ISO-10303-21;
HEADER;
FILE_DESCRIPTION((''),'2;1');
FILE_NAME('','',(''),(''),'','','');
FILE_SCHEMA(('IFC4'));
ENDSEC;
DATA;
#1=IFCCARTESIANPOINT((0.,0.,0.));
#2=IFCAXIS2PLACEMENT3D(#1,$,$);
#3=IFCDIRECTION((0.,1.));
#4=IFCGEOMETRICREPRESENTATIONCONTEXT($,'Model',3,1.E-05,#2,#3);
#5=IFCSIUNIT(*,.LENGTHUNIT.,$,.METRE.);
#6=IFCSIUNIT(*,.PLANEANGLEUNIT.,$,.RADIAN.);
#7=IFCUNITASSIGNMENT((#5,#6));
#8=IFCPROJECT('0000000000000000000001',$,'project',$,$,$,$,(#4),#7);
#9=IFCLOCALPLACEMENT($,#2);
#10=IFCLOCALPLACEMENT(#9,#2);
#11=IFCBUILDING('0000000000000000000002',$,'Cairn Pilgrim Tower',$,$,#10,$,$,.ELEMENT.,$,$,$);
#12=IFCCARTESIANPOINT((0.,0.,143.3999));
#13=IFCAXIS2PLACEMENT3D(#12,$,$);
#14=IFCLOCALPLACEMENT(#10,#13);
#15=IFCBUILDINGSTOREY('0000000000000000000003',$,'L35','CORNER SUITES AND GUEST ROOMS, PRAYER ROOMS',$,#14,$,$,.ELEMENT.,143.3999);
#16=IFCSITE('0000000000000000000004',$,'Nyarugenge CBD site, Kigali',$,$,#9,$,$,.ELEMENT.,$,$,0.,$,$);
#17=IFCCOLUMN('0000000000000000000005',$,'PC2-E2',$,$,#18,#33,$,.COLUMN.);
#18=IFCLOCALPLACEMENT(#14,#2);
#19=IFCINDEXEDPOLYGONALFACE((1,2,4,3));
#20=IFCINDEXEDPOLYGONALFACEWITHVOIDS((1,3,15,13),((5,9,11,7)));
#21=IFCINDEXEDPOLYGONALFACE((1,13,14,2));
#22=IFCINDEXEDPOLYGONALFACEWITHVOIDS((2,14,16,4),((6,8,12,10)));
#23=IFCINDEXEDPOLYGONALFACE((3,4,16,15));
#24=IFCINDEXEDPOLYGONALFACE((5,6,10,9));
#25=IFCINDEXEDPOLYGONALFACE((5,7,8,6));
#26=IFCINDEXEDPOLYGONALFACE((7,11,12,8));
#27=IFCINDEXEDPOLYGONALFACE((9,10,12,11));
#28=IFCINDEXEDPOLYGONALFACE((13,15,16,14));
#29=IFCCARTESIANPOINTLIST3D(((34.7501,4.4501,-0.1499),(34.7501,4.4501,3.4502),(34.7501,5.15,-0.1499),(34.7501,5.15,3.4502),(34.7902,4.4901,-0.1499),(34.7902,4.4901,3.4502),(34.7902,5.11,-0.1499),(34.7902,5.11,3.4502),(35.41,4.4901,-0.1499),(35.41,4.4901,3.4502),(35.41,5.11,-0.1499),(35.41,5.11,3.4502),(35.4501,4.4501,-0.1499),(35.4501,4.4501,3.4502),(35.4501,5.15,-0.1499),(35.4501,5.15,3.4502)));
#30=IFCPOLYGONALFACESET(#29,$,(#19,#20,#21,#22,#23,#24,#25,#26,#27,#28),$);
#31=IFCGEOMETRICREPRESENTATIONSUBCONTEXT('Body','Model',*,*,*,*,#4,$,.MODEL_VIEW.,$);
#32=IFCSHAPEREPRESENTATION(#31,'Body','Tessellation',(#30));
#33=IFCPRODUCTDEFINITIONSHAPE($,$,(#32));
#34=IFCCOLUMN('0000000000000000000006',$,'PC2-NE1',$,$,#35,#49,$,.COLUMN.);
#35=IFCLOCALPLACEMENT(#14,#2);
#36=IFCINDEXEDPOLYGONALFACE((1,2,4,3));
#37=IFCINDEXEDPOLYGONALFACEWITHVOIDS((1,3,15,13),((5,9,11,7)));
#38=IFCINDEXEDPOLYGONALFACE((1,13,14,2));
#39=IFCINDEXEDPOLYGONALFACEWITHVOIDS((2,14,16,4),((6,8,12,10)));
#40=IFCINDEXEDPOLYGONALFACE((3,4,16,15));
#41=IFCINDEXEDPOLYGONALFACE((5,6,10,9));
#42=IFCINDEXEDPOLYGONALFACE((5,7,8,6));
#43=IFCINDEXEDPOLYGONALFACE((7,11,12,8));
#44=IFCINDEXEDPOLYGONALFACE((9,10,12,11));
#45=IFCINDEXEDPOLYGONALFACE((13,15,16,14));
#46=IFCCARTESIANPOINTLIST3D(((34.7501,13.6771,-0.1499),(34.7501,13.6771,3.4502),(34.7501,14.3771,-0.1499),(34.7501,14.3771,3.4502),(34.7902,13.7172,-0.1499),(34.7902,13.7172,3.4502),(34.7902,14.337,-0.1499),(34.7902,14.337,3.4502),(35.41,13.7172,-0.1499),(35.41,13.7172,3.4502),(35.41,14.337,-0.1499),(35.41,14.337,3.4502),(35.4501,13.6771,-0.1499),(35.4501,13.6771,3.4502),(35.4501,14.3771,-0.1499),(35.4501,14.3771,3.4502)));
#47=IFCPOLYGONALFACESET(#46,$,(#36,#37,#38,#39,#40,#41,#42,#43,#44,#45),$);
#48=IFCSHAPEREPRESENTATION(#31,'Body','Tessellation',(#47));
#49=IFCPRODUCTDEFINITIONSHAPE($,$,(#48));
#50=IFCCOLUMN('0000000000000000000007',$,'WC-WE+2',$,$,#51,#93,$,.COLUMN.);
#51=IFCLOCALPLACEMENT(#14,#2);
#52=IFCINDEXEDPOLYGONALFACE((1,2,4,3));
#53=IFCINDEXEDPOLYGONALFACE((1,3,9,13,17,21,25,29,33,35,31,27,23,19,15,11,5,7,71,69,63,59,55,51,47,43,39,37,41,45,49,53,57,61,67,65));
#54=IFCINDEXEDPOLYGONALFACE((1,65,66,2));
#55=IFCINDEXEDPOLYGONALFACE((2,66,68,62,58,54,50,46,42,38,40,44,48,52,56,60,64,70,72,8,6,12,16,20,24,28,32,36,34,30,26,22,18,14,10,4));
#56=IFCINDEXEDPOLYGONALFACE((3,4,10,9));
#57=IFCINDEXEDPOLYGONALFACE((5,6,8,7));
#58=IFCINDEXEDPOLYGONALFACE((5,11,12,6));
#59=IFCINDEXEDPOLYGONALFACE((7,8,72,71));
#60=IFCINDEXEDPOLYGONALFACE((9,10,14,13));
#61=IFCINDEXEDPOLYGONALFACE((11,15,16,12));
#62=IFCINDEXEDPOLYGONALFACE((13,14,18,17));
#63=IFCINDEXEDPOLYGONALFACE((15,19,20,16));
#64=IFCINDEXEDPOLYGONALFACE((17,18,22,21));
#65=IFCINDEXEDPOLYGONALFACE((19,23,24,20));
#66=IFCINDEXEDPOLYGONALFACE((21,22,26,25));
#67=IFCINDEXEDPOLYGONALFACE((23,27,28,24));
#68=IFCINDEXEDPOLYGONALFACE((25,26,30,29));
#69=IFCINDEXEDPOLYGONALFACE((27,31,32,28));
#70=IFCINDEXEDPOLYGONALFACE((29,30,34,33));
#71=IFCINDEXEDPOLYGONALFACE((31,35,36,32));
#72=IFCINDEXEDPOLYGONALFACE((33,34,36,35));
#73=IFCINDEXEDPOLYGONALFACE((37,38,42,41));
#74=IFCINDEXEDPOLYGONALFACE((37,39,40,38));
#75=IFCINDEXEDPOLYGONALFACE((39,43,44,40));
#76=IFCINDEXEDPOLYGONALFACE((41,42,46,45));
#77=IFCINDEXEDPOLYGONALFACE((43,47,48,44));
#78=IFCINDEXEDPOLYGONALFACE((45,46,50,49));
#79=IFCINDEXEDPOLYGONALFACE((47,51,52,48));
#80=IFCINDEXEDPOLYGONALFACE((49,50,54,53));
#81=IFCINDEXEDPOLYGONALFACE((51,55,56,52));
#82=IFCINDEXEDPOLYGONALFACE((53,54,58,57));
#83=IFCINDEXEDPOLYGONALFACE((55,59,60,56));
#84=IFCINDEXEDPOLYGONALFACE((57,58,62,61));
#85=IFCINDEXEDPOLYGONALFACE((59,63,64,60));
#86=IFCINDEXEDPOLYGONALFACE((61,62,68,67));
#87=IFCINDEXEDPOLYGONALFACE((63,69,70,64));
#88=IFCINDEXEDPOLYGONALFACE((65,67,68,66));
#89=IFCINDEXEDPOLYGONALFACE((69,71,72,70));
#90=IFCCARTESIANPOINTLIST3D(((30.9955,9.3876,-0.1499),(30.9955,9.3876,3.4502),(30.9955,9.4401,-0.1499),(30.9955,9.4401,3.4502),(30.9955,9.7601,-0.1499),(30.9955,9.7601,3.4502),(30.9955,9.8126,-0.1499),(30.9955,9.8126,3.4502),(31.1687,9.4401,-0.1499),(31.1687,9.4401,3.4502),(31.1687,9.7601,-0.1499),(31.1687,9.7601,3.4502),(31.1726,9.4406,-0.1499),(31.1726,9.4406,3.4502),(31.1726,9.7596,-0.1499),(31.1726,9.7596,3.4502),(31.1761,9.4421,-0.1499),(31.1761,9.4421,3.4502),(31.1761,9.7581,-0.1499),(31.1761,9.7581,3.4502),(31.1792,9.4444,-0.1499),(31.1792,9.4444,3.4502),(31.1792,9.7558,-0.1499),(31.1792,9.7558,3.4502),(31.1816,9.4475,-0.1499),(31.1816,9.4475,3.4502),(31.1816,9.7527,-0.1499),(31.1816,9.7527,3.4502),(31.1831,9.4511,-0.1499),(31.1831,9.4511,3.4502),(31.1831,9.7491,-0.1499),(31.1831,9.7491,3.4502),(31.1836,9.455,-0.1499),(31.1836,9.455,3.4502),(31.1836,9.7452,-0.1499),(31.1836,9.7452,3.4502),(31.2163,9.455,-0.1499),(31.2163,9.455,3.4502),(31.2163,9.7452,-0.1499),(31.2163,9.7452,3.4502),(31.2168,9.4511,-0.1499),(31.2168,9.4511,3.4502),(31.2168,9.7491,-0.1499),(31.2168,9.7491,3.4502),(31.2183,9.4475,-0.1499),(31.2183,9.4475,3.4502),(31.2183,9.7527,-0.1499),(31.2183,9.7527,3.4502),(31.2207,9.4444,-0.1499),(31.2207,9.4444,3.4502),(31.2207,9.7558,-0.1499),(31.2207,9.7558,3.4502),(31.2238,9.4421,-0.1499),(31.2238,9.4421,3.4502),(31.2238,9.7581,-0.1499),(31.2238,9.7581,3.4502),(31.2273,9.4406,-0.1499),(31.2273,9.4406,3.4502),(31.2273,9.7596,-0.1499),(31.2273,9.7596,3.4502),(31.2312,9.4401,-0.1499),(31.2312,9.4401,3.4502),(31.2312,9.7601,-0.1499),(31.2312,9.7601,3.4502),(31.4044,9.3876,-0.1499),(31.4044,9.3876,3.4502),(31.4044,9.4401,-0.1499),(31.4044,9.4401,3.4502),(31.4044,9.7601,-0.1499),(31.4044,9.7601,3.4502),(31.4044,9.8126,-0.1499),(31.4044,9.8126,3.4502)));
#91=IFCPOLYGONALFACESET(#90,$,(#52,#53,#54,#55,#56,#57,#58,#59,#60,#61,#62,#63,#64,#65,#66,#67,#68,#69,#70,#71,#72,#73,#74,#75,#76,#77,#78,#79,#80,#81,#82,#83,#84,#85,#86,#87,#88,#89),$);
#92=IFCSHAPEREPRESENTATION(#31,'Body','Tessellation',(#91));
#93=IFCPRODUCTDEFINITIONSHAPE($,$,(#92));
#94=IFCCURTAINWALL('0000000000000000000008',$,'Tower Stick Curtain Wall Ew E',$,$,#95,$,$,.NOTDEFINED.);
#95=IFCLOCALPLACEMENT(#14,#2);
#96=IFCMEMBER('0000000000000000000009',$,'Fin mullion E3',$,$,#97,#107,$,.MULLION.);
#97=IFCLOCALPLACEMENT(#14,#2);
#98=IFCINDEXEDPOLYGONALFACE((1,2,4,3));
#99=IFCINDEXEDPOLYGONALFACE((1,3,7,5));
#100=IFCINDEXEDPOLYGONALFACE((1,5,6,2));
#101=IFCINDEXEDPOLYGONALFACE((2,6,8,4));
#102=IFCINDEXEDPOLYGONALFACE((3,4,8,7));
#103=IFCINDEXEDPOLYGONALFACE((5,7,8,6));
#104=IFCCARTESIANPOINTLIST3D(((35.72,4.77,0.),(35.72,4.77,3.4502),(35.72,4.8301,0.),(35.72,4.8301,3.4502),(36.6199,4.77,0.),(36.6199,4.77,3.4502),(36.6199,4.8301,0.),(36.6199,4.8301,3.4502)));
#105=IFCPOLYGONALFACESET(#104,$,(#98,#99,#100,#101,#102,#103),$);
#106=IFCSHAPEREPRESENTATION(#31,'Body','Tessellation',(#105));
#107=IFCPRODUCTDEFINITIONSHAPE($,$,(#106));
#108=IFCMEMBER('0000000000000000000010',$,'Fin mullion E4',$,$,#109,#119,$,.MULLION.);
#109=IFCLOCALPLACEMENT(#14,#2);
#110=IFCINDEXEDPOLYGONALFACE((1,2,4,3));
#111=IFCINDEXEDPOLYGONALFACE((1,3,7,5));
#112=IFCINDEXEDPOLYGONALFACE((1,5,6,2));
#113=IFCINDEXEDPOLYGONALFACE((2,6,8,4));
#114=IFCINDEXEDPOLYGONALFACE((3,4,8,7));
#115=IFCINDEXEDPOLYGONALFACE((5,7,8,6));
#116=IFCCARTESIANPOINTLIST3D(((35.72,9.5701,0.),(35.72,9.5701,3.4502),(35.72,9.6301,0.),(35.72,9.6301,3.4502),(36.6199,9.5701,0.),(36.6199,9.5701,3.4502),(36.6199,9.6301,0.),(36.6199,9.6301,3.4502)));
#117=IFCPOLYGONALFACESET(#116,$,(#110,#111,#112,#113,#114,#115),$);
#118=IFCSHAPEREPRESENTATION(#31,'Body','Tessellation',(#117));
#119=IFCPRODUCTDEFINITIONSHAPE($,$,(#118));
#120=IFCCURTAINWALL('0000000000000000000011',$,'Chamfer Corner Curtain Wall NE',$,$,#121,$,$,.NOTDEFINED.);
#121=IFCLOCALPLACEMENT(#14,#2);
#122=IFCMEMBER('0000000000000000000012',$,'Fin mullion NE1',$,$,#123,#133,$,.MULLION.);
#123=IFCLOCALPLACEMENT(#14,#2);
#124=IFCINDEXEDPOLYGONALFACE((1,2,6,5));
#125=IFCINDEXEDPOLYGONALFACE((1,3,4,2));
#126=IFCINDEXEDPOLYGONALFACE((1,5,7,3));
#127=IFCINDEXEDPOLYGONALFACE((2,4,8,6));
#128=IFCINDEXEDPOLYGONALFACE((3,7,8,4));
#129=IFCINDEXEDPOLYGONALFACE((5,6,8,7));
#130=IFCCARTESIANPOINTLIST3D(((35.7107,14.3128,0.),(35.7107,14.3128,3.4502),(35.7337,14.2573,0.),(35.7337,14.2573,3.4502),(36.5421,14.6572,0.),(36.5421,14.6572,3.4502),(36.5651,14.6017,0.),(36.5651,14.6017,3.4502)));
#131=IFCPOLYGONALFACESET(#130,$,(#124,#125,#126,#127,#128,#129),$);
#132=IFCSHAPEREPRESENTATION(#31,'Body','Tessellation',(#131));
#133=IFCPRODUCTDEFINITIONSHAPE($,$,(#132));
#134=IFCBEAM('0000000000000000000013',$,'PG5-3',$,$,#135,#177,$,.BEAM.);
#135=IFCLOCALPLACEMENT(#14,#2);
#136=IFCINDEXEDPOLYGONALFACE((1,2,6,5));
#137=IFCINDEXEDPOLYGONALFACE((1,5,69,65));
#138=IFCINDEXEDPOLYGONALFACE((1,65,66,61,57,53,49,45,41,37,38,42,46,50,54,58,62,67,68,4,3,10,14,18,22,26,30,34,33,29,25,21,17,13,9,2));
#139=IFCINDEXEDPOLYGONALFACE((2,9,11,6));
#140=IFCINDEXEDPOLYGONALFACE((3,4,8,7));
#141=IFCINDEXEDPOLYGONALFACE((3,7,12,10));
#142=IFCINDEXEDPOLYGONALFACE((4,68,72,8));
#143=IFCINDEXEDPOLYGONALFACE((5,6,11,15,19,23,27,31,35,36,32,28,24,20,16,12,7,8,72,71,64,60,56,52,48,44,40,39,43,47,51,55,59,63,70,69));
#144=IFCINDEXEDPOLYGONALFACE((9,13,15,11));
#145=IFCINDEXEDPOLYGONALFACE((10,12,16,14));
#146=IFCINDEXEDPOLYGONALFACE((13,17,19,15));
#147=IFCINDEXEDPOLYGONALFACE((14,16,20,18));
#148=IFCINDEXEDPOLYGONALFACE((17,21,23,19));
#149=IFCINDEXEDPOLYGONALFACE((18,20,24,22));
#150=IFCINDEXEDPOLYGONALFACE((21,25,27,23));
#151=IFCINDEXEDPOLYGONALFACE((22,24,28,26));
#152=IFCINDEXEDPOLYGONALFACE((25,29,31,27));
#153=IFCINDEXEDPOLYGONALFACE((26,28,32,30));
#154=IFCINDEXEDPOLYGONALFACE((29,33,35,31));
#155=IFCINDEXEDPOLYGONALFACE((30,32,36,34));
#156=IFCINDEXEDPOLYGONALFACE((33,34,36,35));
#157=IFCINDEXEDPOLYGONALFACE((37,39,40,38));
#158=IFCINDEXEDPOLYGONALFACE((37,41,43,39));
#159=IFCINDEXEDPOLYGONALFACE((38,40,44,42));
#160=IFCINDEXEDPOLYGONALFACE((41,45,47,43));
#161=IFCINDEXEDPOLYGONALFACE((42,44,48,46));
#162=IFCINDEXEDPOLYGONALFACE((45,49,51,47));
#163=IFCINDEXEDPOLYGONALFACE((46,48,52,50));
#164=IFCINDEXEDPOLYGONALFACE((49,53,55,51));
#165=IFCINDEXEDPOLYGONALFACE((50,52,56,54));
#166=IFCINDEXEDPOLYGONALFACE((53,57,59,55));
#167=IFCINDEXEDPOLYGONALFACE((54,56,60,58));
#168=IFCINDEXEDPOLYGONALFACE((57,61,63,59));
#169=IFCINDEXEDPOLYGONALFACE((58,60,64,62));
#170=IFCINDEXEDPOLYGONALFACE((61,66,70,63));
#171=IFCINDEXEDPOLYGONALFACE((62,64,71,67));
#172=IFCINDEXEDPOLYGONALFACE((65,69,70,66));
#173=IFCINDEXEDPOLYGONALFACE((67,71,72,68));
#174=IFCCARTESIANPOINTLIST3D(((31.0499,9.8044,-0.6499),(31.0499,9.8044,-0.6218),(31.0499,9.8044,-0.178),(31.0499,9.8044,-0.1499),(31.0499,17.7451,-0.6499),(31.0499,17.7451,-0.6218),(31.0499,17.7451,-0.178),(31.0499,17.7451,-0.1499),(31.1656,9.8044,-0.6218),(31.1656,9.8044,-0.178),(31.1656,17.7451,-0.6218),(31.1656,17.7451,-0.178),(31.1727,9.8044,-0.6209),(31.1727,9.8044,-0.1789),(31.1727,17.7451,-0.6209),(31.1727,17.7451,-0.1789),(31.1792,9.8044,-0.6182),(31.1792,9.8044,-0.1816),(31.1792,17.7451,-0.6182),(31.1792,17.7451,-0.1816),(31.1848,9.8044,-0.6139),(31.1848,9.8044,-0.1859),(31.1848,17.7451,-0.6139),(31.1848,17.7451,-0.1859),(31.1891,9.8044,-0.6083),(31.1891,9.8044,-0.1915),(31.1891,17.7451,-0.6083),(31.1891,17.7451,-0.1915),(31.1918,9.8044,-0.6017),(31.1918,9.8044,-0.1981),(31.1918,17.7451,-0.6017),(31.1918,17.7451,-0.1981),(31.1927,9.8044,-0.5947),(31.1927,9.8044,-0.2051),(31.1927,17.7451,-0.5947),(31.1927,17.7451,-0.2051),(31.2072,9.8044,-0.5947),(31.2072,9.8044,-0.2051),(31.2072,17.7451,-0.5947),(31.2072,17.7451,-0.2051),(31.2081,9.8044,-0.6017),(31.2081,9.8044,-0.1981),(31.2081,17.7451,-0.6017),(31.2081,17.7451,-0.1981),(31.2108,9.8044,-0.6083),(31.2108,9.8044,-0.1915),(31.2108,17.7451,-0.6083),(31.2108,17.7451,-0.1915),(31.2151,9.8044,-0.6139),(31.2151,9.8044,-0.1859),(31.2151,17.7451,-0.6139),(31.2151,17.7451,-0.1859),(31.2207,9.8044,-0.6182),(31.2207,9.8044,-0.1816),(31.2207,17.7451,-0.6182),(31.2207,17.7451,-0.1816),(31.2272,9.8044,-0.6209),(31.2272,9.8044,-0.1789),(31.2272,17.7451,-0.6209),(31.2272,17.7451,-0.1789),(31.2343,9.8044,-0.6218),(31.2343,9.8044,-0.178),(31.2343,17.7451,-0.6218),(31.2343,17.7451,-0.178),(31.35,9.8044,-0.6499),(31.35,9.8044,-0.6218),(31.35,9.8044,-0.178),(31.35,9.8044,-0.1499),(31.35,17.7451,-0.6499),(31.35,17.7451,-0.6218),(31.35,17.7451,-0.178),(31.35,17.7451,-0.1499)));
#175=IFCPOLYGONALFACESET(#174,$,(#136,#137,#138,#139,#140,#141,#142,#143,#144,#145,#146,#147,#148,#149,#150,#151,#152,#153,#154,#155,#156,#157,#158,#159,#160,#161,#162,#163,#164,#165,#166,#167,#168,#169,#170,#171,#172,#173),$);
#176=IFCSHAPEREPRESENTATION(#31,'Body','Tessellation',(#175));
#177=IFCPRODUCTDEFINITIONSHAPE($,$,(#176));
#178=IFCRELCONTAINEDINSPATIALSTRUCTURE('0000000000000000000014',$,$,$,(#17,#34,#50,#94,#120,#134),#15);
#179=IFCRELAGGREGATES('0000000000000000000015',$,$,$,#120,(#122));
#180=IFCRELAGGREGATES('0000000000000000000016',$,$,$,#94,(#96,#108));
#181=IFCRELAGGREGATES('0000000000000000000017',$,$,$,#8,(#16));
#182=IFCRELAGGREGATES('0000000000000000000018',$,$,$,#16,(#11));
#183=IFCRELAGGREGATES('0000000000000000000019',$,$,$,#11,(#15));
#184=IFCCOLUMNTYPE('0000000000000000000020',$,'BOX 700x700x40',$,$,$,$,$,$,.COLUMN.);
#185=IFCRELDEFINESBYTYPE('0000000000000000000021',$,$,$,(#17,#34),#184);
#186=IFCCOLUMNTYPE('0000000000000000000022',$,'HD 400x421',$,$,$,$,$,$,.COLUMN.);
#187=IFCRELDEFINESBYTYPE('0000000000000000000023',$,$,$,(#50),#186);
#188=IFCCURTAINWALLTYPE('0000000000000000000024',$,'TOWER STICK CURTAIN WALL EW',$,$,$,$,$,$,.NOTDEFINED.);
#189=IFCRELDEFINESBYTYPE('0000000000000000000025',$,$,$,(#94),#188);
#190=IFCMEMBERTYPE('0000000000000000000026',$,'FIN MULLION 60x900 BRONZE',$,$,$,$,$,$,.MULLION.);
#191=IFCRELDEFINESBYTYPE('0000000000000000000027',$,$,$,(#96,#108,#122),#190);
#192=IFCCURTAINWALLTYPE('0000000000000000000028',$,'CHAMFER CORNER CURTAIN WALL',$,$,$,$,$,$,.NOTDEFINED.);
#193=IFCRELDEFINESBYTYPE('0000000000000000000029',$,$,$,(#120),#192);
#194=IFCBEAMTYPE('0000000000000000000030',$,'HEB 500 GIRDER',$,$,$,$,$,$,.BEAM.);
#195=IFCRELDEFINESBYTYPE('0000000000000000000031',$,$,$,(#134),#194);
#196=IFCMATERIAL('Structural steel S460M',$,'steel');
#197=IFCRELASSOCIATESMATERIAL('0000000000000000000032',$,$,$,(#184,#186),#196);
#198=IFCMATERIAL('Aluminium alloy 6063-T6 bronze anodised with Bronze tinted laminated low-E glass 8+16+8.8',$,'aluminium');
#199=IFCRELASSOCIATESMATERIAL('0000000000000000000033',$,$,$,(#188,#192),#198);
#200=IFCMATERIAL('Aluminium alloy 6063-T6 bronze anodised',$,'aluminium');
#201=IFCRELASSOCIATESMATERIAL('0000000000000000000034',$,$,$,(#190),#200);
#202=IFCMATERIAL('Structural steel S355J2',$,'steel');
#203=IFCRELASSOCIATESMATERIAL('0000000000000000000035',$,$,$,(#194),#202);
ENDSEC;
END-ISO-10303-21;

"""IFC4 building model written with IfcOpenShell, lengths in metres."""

from ifc_helpers import new_model, si_unit, direction, frame, origin, origin_2d, place, context, subcontext, project, spatial, rectangle, hollow_rectangle, i_section, extrude, material, material_profile, profile_set, type_object, element, aggregate, save


model = new_model("IFC4")

# Units and contexts
model_context = context("Model", 3, precision=1e-05, world=origin(), true_north=direction((0.0, 1.0)))
body_context = subcontext(model_context, "Body", "Model", "MODEL_VIEW")
ifc_project = project(units=[si_unit("LENGTHUNIT", "METRE"), si_unit("PLANEANGLEUNIT", "RADIAN")], contexts=[model_context])

# Site, building, storey
site_placement = place(None, origin())
site = spatial("IfcSite", under=ifc_project, at=site_placement, Name="Nyarugenge CBD site, Kigali", CompositionType="ELEMENT", RefElevation=0.0)
building_placement = place(site_placement, origin())
building = spatial("IfcBuilding", under=site, at=building_placement, Name="Cairn Pilgrim Tower", CompositionType="ELEMENT")
storey_placement = place(building_placement, frame((0.0, 0.0, 143.3999)))
storey = spatial("IfcBuildingStorey", under=building, at=storey_placement, Name="L35", Description="CORNER SUITES AND GUEST ROOMS, PRAYER ROOMS", CompositionType="ELEMENT", Elevation=143.3999)

# Columns
ifc_material_1 = material(Name="Structural steel S460M", Category="steel")
ifc_material_profile_1 = material_profile(ifc_material_1, hollow_rectangle(XDim=0.7, YDim=0.7, WallThickness=0.04, at=origin_2d()), Name="BOX 700x700x40")
ifc_profile_set_1 = profile_set([ifc_material_profile_1], Name="Structural steel S460M")
column_type_1 = type_object("IfcColumnType", Name="BOX 700x700x40", PredefinedType="COLUMN", material=ifc_profile_set_1)
for number, where, z_axis, x_axis, name in (
    (1, (35.1001, 4.8, -0.1499), (0.0, 0.0, 1.0), (1.0, 0.0, 0.0), "PC2-E2"),
    (2, (35.1001, 14.0271, -0.1499), (0.0, 0.0, 1.0), (1.0, 0.0, 0.0), "PC2-NE1"),
):
    element("IfcColumn", number, at=place(storey_placement, frame(where, z_axis=z_axis, x_axis=x_axis)), inside=storey, type_object=column_type_1, Name=name, PredefinedType="COLUMN", context=body_context, shape_type="SweptSolid", body=[
        extrude(hollow_rectangle(XDim=0.7, YDim=0.7, WallThickness=0.04, at=origin_2d()), origin(), (0.0, 0.0, 1.0), 3.6001),
    ])
ifc_material_profile_2 = material_profile(ifc_material_1, i_section(OverallWidth=0.4089, OverallDepth=0.425, WebThickness=0.0327, FlangeThickness=0.0525, FilletRadius=0.0149, at=origin_2d()), Name="HD 400x421")
ifc_profile_set_2 = profile_set([ifc_material_profile_2], Name="Structural steel S460M")
column_type_2 = type_object("IfcColumnType", Name="HD 400x421", PredefinedType="COLUMN", material=ifc_profile_set_2)
column_placement = place(storey_placement, frame((31.2, 9.6001, -0.1499), z_axis=(0.0, 0.0, 1.0), x_axis=(1.0, 0.0, 0.0)))
element("IfcColumn", 3, at=column_placement, inside=storey, type_object=column_type_2, Name="WC-WE+2", PredefinedType="COLUMN", context=body_context, shape_type="SweptSolid", body=[
    extrude(i_section(OverallWidth=0.4089, OverallDepth=0.425, WebThickness=0.0327, FlangeThickness=0.0525, FilletRadius=0.0149, at=origin_2d()), origin(), (0.0, 0.0, 1.0), 3.6001),
])

# Curtain wall, members
ifc_material_2 = material(Name="Aluminium alloy 6063-T6 bronze anodised with Bronze tinted laminated low-E glass 8+16+8.8", Category="aluminium")
curtain_wall_type_1 = type_object("IfcCurtainWallType", Name="TOWER STICK CURTAIN WALL EW", PredefinedType="NOTDEFINED", material=ifc_material_2)
curtain_wall_1_placement = place(storey_placement, origin())
curtain_wall_1 = element("IfcCurtainWall", 4, at=curtain_wall_1_placement, inside=storey, type_object=curtain_wall_type_1, Name="Tower Stick Curtain Wall Ew E", PredefinedType="NOTDEFINED")
ifc_material_3 = material(Name="Aluminium alloy 6063-T6 bronze anodised", Category="aluminium")
ifc_material_profile_3 = material_profile(ifc_material_3, rectangle(XDim=0.8999, YDim=0.0601, at=origin_2d()), Name="FIN MULLION 60x900 BRONZE")
ifc_profile_set_3 = profile_set([ifc_material_profile_3], Name="Aluminium alloy 6063-T6 bronze anodised")
member_type_1 = type_object("IfcMemberType", Name="FIN MULLION 60x900 BRONZE", PredefinedType="MULLION", material=ifc_profile_set_3)
member_1_placement = place(storey_placement, frame((36.1699, 4.8, 0.0), z_axis=(0.0, 0.0, 1.0), x_axis=(1.0, 0.0, 0.0)))
member_1 = element("IfcMember", 5, at=member_1_placement, type_object=member_type_1, Name="Fin mullion E3", PredefinedType="MULLION", context=body_context, shape_type="SweptSolid", body=[
    extrude(rectangle(XDim=0.8999, YDim=0.0601, at=origin_2d()), origin(), (0.0, 0.0, 1.0), 3.4502),
])
member_2_placement = place(storey_placement, frame((36.1699, 9.6001, 0.0), z_axis=(0.0, 0.0, 1.0), x_axis=(1.0, 0.0, 0.0)))
member_2 = element("IfcMember", 6, at=member_2_placement, type_object=member_type_1, Name="Fin mullion E4", PredefinedType="MULLION", context=body_context, shape_type="SweptSolid", body=[
    extrude(rectangle(XDim=0.8999, YDim=0.0601, at=origin_2d()), origin(), (0.0, 0.0, 1.0), 3.4502),
])

# Curtain wall, member
curtain_wall_type_2 = type_object("IfcCurtainWallType", Name="CHAMFER CORNER CURTAIN WALL", PredefinedType="NOTDEFINED", material=ifc_material_2)
curtain_wall_2_placement = place(storey_placement, origin())
curtain_wall_2 = element("IfcCurtainWall", 7, at=curtain_wall_2_placement, inside=storey, type_object=curtain_wall_type_2, Name="Chamfer Corner Curtain Wall NE", PredefinedType="NOTDEFINED")
member_3_placement = place(storey_placement, frame((36.1379, 14.4573, 0.0), z_axis=(0.0, 0.0, 1.0), x_axis=(0.92388, 0.382683, 0.0)))
member_3 = element("IfcMember", 8, at=member_3_placement, type_object=member_type_1, Name="Fin mullion NE1", PredefinedType="MULLION", context=body_context, shape_type="SweptSolid", body=[
    extrude(rectangle(XDim=0.8999, YDim=0.0601, at=origin_2d()), origin(), (0.0, 0.0, 1.0), 3.4502),
])
aggregate(curtain_wall_2, [member_3])

# Beam
ifc_material_4 = material(Name="Structural steel S355J2", Category="steel")
ifc_material_profile_4 = material_profile(ifc_material_4, i_section(OverallWidth=0.3, OverallDepth=0.5, WebThickness=0.0144, FlangeThickness=0.0281, FilletRadius=0.0271, at=origin_2d()), Name="HEB 500")
ifc_profile_set_4 = profile_set([ifc_material_profile_4], Name="Structural steel S355J2")
beam_type_1 = type_object("IfcBeamType", Name="HEB 500 GIRDER", PredefinedType="BEAM", material=ifc_profile_set_4)
beam_1_placement = place(storey_placement, frame((31.2, 9.8044, -0.3999), z_axis=(0.0, 1.0, 0.0), x_axis=(-1.0, 0.0, 0.0)))
element("IfcBeam", 9, at=beam_1_placement, inside=storey, type_object=beam_type_1, Name="PG5-3", PredefinedType="BEAM", context=body_context, shape_type="SweptSolid", body=[
    extrude(i_section(OverallWidth=0.3, OverallDepth=0.5, WebThickness=0.0144, FlangeThickness=0.0281, FilletRadius=0.0271, at=origin_2d()), origin(), (0.0, 0.0, 1.0), 7.9407),
])

aggregate(curtain_wall_1, [member_1, member_2])

save(model, "model.ifc")
